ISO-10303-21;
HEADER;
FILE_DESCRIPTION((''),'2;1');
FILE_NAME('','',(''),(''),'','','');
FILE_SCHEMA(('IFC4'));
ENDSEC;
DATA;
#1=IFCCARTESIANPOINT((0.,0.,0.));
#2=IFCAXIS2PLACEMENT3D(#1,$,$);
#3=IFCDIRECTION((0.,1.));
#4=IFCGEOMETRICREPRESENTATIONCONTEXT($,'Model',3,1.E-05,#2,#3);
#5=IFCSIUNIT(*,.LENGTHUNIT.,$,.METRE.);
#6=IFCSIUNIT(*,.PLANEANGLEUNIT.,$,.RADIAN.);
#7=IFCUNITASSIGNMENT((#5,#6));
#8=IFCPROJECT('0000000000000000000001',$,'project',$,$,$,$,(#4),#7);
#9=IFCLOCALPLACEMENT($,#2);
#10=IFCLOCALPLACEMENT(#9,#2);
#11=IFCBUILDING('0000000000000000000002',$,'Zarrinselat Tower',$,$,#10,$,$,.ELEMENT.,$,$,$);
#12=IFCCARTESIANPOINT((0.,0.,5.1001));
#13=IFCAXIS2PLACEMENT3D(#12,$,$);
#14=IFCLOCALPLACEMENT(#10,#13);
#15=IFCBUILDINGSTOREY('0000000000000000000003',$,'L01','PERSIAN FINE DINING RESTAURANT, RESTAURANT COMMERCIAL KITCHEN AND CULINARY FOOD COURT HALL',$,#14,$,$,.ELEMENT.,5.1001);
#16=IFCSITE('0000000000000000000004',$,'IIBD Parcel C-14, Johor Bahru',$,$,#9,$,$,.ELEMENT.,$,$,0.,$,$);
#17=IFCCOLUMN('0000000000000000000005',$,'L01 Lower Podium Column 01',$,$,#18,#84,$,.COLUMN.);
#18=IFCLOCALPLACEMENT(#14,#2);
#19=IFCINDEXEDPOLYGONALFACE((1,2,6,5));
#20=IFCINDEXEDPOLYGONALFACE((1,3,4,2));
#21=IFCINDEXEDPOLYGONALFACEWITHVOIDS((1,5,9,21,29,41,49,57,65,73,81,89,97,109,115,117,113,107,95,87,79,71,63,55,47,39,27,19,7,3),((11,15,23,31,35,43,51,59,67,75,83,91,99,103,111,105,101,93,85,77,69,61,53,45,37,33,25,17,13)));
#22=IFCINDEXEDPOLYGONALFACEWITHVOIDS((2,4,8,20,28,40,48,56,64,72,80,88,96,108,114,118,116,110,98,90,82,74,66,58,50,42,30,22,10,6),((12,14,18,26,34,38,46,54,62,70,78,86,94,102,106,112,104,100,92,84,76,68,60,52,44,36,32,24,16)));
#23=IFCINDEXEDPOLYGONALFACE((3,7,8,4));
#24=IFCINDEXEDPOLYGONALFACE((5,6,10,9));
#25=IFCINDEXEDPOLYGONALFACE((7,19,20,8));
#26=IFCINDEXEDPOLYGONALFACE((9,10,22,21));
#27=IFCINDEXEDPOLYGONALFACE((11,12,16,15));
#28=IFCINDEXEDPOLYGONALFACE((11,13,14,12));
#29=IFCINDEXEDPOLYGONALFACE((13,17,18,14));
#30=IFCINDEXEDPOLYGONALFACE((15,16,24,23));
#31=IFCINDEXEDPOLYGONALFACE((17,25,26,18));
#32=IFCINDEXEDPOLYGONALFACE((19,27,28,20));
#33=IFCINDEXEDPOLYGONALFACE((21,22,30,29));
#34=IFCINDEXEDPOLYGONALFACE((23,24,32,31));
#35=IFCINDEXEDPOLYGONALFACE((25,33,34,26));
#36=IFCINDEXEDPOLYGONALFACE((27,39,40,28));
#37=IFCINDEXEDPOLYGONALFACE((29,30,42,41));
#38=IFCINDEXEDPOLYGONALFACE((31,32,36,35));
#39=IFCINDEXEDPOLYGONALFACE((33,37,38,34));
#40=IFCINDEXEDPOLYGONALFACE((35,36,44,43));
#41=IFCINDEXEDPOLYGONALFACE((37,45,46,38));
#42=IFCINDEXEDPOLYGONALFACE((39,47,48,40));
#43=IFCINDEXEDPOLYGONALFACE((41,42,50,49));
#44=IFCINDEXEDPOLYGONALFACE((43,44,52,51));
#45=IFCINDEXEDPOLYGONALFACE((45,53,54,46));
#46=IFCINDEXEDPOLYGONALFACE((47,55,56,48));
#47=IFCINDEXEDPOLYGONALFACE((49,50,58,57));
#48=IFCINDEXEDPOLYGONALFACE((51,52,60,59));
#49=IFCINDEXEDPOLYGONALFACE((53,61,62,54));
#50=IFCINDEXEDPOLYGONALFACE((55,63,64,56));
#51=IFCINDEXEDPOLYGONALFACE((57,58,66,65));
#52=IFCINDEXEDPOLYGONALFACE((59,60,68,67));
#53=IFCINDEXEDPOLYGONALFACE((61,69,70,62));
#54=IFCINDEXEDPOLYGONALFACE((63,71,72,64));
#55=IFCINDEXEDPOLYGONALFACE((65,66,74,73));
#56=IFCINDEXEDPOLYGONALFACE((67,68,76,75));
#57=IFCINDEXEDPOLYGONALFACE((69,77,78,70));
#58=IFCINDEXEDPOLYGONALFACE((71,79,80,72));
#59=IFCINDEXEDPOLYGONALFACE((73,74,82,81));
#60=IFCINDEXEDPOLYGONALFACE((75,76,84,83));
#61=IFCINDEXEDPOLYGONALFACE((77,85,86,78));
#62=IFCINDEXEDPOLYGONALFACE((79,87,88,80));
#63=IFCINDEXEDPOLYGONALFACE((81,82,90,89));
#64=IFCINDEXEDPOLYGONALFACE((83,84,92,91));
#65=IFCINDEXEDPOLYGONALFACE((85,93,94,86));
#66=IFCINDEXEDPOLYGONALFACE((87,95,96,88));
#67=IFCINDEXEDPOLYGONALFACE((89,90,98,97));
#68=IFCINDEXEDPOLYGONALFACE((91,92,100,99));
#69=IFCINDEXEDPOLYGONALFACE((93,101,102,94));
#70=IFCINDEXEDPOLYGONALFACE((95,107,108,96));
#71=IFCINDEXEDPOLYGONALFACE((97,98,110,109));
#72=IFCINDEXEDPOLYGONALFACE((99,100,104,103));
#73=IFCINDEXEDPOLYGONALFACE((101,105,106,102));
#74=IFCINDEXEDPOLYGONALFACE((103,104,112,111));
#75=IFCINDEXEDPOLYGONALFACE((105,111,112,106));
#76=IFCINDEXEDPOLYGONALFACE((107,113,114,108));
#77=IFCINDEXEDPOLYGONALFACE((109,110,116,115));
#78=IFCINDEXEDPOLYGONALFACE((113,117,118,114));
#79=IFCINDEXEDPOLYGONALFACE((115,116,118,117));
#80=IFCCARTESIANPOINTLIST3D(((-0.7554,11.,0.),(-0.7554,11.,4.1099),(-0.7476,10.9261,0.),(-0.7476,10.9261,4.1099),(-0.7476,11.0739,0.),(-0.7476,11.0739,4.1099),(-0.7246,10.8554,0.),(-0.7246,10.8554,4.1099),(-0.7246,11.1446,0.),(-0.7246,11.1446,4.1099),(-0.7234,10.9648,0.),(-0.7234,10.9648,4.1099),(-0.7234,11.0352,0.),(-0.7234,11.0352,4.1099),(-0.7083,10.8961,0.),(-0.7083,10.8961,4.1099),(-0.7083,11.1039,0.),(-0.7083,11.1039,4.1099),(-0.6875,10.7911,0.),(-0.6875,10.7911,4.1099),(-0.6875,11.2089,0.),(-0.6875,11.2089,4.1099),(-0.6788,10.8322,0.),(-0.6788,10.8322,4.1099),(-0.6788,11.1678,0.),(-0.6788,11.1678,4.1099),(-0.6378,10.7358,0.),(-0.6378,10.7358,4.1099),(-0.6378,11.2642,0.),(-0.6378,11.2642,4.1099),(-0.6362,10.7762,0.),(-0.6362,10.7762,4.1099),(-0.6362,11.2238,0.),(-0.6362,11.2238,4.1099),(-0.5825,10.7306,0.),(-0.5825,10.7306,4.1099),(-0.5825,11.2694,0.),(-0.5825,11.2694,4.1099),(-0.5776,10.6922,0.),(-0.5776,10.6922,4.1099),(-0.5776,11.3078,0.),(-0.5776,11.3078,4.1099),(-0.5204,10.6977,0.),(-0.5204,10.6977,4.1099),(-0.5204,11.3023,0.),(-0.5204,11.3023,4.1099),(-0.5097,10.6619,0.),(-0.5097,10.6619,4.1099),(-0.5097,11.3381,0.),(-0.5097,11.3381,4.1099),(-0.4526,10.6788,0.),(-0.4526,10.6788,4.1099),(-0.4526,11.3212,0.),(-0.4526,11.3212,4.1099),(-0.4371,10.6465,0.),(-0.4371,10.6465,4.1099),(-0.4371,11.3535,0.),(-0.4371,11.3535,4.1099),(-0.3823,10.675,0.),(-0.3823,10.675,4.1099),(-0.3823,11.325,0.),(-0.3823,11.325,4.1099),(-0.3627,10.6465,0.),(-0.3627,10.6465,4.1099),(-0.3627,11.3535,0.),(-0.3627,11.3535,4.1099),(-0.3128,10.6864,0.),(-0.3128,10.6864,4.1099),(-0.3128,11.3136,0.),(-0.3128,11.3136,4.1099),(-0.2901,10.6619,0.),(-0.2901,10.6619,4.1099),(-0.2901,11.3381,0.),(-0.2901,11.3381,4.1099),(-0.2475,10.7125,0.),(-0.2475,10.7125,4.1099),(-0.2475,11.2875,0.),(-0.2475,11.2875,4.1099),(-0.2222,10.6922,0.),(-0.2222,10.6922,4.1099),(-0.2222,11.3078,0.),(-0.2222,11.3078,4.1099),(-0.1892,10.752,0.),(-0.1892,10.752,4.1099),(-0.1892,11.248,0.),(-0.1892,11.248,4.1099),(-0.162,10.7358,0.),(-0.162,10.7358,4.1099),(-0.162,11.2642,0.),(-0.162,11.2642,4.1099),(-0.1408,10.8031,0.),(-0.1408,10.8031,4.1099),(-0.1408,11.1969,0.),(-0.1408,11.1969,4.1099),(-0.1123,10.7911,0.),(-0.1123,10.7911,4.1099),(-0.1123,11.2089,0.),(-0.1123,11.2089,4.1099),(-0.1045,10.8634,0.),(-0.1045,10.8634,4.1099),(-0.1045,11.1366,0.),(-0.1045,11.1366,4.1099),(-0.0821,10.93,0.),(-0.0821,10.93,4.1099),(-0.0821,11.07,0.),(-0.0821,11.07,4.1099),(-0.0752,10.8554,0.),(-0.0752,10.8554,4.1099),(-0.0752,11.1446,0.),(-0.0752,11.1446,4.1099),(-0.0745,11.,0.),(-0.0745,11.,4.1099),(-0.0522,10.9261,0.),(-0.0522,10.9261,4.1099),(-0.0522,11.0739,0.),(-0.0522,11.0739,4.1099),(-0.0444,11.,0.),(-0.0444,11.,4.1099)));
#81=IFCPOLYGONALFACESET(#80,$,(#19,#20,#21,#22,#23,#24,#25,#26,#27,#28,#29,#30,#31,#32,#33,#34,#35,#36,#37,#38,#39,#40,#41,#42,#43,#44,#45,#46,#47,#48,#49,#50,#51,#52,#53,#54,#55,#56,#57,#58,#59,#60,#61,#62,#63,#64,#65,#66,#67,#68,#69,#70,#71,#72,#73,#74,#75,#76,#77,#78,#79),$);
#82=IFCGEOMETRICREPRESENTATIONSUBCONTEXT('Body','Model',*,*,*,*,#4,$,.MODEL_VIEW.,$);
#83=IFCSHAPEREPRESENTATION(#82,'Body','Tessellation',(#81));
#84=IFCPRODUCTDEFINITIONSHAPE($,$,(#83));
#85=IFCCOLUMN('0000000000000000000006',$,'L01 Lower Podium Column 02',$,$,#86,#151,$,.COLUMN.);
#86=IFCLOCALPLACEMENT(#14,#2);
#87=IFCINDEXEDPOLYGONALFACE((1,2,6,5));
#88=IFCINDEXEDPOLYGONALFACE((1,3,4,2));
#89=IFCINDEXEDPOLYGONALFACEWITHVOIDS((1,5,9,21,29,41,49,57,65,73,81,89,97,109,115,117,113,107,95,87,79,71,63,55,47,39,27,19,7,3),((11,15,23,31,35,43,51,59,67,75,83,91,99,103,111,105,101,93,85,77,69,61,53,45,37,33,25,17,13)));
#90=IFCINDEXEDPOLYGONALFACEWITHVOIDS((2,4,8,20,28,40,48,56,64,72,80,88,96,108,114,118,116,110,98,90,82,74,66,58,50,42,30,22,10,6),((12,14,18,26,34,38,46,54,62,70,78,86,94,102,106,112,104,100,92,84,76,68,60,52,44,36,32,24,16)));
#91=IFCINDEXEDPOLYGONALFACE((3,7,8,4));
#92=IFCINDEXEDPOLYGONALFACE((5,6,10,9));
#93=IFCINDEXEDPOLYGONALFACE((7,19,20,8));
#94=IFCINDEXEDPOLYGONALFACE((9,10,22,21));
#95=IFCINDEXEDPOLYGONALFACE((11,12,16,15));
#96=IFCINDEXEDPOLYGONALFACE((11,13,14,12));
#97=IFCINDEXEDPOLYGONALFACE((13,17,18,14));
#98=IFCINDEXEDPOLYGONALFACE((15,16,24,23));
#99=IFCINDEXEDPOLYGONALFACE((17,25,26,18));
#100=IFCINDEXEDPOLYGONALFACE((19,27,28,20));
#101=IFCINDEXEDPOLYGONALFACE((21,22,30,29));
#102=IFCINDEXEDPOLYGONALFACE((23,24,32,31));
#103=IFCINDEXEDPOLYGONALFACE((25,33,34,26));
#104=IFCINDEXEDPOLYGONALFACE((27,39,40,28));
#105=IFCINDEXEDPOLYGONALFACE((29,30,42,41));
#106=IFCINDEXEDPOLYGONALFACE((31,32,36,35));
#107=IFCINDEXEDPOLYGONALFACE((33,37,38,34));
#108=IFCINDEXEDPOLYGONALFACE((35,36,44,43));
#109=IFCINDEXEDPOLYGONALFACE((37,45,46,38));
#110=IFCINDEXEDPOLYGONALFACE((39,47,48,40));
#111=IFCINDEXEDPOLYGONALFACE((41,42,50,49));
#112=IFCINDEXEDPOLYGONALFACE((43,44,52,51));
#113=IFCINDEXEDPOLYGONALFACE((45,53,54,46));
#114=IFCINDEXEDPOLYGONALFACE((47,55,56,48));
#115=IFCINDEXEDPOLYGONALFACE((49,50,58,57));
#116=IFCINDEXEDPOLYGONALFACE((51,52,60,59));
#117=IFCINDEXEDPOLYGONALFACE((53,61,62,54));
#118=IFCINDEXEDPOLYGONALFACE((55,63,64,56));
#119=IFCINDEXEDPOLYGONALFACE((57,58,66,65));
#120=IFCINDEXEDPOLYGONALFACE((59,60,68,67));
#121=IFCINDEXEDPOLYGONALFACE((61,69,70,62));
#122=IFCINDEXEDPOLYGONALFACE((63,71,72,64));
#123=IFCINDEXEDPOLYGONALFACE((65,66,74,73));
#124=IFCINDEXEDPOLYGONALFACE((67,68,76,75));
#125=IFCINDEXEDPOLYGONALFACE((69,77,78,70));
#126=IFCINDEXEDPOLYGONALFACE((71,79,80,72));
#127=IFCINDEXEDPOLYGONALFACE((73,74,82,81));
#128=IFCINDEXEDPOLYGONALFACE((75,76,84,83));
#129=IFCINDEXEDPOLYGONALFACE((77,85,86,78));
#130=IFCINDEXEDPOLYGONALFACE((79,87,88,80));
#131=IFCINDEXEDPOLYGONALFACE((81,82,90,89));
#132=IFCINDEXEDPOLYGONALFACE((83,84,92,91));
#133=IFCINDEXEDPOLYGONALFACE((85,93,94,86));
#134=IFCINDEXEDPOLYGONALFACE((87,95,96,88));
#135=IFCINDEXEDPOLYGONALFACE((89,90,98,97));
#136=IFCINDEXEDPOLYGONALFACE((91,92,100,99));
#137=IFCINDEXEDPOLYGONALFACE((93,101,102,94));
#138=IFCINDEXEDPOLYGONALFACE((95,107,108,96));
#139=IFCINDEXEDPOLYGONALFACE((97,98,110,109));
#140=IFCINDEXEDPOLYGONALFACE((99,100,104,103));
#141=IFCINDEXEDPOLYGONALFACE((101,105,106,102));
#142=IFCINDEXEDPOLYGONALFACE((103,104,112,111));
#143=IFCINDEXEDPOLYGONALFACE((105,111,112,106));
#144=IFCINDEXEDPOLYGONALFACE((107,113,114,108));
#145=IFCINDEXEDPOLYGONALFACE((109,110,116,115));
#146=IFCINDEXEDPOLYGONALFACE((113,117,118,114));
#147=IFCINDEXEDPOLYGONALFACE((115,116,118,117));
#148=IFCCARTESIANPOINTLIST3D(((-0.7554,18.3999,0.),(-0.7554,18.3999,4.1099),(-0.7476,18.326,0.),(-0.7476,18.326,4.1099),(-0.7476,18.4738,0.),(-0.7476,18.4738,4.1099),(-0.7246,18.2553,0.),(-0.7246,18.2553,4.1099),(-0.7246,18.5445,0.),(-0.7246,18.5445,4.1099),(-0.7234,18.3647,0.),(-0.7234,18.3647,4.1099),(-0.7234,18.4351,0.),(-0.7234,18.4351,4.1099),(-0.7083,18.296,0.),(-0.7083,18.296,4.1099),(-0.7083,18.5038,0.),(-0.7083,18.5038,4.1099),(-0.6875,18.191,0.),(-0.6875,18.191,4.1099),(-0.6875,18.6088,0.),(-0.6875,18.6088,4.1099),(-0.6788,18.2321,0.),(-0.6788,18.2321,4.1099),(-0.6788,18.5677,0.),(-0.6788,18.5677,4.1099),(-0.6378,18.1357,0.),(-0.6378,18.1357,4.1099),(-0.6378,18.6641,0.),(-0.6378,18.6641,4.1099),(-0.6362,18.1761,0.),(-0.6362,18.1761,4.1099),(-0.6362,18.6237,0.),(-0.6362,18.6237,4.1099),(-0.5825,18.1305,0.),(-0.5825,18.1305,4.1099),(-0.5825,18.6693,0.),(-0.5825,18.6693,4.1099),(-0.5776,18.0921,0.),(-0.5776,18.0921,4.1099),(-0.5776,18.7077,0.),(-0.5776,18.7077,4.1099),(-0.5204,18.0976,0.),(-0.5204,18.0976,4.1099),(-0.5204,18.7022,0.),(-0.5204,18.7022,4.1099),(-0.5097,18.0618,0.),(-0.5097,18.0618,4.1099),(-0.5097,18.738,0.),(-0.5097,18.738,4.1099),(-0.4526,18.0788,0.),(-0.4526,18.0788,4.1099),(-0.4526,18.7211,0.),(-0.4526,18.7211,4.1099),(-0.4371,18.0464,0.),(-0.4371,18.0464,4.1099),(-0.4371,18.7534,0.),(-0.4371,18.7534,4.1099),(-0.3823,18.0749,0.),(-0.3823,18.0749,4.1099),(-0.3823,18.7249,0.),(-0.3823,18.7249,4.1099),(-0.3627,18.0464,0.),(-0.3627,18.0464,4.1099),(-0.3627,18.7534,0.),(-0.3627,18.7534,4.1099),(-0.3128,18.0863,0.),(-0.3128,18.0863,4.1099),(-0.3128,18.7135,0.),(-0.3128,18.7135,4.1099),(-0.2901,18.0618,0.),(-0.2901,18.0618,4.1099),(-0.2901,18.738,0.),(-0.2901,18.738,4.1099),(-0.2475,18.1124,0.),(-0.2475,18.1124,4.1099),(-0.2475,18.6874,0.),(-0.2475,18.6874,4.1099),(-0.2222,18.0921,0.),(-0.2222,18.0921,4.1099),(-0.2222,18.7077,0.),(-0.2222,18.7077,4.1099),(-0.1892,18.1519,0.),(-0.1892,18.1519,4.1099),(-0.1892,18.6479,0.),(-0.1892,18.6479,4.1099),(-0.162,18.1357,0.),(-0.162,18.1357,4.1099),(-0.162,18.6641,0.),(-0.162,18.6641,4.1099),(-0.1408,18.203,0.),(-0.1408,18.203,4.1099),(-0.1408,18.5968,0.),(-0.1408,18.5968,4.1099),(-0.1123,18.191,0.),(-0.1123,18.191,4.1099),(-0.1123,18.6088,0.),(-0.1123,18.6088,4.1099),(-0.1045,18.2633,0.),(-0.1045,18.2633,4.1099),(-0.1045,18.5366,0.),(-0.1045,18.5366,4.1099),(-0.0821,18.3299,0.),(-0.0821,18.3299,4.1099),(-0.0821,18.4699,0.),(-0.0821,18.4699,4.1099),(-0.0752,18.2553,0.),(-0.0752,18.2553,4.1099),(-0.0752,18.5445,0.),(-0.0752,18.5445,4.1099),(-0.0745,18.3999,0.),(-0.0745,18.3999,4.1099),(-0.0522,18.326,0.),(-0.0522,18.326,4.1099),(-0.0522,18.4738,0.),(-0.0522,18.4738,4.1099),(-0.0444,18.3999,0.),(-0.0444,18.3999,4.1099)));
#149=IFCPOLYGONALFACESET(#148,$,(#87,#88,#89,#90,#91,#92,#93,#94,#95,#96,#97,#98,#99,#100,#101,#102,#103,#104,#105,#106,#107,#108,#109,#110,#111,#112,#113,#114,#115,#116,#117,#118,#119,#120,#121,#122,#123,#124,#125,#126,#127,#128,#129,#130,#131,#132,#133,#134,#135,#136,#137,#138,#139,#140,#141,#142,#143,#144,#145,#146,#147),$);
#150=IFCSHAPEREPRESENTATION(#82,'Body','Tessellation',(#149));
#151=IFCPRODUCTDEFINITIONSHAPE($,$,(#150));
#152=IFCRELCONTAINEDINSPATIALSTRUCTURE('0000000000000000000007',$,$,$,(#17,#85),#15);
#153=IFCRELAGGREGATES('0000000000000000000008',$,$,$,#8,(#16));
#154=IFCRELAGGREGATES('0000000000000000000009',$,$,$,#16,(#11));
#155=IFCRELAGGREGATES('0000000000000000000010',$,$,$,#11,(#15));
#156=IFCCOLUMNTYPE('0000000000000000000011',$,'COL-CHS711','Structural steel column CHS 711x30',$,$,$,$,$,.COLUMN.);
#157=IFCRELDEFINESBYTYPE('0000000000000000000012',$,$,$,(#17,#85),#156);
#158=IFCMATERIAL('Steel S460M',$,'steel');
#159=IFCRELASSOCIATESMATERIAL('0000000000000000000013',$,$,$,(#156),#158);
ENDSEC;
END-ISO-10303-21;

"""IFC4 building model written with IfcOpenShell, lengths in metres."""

from ifc_helpers import new_model, si_unit, direction, frame, origin, origin_2d, place, context, subcontext, project, spatial, hollow_circle, extrude, material, material_profile, profile_set, type_object, element, save


model = new_model("IFC4")

# Units and contexts
model_context = context("Model", 3, precision=1e-05, world=origin(), true_north=direction((0.0, 1.0)))
body_context = subcontext(model_context, "Body", "Model", "MODEL_VIEW")
ifc_project = project(units=[si_unit("LENGTHUNIT", "METRE"), si_unit("PLANEANGLEUNIT", "RADIAN")], contexts=[model_context])

# Site, building, storey
site_placement = place(None, origin())
site = spatial("IfcSite", under=ifc_project, at=site_placement, Name="IIBD Parcel C-14, Johor Bahru", CompositionType="ELEMENT", RefElevation=0.0)
building_placement = place(site_placement, origin())
building = spatial("IfcBuilding", under=site, at=building_placement, Name="Zarrinselat Tower", CompositionType="ELEMENT")
storey_placement = place(building_placement, frame((0.0, 0.0, 5.1001)))
storey = spatial("IfcBuildingStorey", under=building, at=storey_placement, Name="L01", Description="PERSIAN FINE DINING RESTAURANT, RESTAURANT COMMERCIAL KITCHEN AND CULINARY FOOD COURT HALL", CompositionType="ELEMENT", Elevation=5.1001)

# Columns
ifc_material_1 = material(Name="Steel S460M", Category="steel")
ifc_material_profile_1 = material_profile(ifc_material_1, hollow_circle(Radius=0.3555, WallThickness=0.03, at=origin_2d()), Name="CHS 711x30")
ifc_profile_set_1 = profile_set([ifc_material_profile_1], Name="Steel S460M")
column_type_1 = type_object("IfcColumnType", Name="COL-CHS711", Description="Structural steel column CHS 711x30", PredefinedType="COLUMN", material=ifc_profile_set_1)
for number, where, z_axis, x_axis, name in (
    (1, (-0.3999, 11.0, 0.0), (0.0, 0.0, 1.0), (1.0, 0.0, 0.0), "L01 Lower Podium Column 01"),
    (2, (-0.3999, 18.3999, 0.0), (0.0, 0.0, 1.0), (1.0, 0.0, 0.0), "L01 Lower Podium Column 02"),
):
    element("IfcColumn", number, at=place(storey_placement, frame(where, z_axis=z_axis, x_axis=x_axis)), inside=storey, type_object=column_type_1, Name=name, PredefinedType="COLUMN", context=body_context, shape_type="SweptSolid", body=[
        extrude(hollow_circle(Radius=0.3555, WallThickness=0.03, at=origin_2d()), origin(), (0.0, 0.0, 1.0), 4.1099),
    ])

save(model, "model.ifc")
